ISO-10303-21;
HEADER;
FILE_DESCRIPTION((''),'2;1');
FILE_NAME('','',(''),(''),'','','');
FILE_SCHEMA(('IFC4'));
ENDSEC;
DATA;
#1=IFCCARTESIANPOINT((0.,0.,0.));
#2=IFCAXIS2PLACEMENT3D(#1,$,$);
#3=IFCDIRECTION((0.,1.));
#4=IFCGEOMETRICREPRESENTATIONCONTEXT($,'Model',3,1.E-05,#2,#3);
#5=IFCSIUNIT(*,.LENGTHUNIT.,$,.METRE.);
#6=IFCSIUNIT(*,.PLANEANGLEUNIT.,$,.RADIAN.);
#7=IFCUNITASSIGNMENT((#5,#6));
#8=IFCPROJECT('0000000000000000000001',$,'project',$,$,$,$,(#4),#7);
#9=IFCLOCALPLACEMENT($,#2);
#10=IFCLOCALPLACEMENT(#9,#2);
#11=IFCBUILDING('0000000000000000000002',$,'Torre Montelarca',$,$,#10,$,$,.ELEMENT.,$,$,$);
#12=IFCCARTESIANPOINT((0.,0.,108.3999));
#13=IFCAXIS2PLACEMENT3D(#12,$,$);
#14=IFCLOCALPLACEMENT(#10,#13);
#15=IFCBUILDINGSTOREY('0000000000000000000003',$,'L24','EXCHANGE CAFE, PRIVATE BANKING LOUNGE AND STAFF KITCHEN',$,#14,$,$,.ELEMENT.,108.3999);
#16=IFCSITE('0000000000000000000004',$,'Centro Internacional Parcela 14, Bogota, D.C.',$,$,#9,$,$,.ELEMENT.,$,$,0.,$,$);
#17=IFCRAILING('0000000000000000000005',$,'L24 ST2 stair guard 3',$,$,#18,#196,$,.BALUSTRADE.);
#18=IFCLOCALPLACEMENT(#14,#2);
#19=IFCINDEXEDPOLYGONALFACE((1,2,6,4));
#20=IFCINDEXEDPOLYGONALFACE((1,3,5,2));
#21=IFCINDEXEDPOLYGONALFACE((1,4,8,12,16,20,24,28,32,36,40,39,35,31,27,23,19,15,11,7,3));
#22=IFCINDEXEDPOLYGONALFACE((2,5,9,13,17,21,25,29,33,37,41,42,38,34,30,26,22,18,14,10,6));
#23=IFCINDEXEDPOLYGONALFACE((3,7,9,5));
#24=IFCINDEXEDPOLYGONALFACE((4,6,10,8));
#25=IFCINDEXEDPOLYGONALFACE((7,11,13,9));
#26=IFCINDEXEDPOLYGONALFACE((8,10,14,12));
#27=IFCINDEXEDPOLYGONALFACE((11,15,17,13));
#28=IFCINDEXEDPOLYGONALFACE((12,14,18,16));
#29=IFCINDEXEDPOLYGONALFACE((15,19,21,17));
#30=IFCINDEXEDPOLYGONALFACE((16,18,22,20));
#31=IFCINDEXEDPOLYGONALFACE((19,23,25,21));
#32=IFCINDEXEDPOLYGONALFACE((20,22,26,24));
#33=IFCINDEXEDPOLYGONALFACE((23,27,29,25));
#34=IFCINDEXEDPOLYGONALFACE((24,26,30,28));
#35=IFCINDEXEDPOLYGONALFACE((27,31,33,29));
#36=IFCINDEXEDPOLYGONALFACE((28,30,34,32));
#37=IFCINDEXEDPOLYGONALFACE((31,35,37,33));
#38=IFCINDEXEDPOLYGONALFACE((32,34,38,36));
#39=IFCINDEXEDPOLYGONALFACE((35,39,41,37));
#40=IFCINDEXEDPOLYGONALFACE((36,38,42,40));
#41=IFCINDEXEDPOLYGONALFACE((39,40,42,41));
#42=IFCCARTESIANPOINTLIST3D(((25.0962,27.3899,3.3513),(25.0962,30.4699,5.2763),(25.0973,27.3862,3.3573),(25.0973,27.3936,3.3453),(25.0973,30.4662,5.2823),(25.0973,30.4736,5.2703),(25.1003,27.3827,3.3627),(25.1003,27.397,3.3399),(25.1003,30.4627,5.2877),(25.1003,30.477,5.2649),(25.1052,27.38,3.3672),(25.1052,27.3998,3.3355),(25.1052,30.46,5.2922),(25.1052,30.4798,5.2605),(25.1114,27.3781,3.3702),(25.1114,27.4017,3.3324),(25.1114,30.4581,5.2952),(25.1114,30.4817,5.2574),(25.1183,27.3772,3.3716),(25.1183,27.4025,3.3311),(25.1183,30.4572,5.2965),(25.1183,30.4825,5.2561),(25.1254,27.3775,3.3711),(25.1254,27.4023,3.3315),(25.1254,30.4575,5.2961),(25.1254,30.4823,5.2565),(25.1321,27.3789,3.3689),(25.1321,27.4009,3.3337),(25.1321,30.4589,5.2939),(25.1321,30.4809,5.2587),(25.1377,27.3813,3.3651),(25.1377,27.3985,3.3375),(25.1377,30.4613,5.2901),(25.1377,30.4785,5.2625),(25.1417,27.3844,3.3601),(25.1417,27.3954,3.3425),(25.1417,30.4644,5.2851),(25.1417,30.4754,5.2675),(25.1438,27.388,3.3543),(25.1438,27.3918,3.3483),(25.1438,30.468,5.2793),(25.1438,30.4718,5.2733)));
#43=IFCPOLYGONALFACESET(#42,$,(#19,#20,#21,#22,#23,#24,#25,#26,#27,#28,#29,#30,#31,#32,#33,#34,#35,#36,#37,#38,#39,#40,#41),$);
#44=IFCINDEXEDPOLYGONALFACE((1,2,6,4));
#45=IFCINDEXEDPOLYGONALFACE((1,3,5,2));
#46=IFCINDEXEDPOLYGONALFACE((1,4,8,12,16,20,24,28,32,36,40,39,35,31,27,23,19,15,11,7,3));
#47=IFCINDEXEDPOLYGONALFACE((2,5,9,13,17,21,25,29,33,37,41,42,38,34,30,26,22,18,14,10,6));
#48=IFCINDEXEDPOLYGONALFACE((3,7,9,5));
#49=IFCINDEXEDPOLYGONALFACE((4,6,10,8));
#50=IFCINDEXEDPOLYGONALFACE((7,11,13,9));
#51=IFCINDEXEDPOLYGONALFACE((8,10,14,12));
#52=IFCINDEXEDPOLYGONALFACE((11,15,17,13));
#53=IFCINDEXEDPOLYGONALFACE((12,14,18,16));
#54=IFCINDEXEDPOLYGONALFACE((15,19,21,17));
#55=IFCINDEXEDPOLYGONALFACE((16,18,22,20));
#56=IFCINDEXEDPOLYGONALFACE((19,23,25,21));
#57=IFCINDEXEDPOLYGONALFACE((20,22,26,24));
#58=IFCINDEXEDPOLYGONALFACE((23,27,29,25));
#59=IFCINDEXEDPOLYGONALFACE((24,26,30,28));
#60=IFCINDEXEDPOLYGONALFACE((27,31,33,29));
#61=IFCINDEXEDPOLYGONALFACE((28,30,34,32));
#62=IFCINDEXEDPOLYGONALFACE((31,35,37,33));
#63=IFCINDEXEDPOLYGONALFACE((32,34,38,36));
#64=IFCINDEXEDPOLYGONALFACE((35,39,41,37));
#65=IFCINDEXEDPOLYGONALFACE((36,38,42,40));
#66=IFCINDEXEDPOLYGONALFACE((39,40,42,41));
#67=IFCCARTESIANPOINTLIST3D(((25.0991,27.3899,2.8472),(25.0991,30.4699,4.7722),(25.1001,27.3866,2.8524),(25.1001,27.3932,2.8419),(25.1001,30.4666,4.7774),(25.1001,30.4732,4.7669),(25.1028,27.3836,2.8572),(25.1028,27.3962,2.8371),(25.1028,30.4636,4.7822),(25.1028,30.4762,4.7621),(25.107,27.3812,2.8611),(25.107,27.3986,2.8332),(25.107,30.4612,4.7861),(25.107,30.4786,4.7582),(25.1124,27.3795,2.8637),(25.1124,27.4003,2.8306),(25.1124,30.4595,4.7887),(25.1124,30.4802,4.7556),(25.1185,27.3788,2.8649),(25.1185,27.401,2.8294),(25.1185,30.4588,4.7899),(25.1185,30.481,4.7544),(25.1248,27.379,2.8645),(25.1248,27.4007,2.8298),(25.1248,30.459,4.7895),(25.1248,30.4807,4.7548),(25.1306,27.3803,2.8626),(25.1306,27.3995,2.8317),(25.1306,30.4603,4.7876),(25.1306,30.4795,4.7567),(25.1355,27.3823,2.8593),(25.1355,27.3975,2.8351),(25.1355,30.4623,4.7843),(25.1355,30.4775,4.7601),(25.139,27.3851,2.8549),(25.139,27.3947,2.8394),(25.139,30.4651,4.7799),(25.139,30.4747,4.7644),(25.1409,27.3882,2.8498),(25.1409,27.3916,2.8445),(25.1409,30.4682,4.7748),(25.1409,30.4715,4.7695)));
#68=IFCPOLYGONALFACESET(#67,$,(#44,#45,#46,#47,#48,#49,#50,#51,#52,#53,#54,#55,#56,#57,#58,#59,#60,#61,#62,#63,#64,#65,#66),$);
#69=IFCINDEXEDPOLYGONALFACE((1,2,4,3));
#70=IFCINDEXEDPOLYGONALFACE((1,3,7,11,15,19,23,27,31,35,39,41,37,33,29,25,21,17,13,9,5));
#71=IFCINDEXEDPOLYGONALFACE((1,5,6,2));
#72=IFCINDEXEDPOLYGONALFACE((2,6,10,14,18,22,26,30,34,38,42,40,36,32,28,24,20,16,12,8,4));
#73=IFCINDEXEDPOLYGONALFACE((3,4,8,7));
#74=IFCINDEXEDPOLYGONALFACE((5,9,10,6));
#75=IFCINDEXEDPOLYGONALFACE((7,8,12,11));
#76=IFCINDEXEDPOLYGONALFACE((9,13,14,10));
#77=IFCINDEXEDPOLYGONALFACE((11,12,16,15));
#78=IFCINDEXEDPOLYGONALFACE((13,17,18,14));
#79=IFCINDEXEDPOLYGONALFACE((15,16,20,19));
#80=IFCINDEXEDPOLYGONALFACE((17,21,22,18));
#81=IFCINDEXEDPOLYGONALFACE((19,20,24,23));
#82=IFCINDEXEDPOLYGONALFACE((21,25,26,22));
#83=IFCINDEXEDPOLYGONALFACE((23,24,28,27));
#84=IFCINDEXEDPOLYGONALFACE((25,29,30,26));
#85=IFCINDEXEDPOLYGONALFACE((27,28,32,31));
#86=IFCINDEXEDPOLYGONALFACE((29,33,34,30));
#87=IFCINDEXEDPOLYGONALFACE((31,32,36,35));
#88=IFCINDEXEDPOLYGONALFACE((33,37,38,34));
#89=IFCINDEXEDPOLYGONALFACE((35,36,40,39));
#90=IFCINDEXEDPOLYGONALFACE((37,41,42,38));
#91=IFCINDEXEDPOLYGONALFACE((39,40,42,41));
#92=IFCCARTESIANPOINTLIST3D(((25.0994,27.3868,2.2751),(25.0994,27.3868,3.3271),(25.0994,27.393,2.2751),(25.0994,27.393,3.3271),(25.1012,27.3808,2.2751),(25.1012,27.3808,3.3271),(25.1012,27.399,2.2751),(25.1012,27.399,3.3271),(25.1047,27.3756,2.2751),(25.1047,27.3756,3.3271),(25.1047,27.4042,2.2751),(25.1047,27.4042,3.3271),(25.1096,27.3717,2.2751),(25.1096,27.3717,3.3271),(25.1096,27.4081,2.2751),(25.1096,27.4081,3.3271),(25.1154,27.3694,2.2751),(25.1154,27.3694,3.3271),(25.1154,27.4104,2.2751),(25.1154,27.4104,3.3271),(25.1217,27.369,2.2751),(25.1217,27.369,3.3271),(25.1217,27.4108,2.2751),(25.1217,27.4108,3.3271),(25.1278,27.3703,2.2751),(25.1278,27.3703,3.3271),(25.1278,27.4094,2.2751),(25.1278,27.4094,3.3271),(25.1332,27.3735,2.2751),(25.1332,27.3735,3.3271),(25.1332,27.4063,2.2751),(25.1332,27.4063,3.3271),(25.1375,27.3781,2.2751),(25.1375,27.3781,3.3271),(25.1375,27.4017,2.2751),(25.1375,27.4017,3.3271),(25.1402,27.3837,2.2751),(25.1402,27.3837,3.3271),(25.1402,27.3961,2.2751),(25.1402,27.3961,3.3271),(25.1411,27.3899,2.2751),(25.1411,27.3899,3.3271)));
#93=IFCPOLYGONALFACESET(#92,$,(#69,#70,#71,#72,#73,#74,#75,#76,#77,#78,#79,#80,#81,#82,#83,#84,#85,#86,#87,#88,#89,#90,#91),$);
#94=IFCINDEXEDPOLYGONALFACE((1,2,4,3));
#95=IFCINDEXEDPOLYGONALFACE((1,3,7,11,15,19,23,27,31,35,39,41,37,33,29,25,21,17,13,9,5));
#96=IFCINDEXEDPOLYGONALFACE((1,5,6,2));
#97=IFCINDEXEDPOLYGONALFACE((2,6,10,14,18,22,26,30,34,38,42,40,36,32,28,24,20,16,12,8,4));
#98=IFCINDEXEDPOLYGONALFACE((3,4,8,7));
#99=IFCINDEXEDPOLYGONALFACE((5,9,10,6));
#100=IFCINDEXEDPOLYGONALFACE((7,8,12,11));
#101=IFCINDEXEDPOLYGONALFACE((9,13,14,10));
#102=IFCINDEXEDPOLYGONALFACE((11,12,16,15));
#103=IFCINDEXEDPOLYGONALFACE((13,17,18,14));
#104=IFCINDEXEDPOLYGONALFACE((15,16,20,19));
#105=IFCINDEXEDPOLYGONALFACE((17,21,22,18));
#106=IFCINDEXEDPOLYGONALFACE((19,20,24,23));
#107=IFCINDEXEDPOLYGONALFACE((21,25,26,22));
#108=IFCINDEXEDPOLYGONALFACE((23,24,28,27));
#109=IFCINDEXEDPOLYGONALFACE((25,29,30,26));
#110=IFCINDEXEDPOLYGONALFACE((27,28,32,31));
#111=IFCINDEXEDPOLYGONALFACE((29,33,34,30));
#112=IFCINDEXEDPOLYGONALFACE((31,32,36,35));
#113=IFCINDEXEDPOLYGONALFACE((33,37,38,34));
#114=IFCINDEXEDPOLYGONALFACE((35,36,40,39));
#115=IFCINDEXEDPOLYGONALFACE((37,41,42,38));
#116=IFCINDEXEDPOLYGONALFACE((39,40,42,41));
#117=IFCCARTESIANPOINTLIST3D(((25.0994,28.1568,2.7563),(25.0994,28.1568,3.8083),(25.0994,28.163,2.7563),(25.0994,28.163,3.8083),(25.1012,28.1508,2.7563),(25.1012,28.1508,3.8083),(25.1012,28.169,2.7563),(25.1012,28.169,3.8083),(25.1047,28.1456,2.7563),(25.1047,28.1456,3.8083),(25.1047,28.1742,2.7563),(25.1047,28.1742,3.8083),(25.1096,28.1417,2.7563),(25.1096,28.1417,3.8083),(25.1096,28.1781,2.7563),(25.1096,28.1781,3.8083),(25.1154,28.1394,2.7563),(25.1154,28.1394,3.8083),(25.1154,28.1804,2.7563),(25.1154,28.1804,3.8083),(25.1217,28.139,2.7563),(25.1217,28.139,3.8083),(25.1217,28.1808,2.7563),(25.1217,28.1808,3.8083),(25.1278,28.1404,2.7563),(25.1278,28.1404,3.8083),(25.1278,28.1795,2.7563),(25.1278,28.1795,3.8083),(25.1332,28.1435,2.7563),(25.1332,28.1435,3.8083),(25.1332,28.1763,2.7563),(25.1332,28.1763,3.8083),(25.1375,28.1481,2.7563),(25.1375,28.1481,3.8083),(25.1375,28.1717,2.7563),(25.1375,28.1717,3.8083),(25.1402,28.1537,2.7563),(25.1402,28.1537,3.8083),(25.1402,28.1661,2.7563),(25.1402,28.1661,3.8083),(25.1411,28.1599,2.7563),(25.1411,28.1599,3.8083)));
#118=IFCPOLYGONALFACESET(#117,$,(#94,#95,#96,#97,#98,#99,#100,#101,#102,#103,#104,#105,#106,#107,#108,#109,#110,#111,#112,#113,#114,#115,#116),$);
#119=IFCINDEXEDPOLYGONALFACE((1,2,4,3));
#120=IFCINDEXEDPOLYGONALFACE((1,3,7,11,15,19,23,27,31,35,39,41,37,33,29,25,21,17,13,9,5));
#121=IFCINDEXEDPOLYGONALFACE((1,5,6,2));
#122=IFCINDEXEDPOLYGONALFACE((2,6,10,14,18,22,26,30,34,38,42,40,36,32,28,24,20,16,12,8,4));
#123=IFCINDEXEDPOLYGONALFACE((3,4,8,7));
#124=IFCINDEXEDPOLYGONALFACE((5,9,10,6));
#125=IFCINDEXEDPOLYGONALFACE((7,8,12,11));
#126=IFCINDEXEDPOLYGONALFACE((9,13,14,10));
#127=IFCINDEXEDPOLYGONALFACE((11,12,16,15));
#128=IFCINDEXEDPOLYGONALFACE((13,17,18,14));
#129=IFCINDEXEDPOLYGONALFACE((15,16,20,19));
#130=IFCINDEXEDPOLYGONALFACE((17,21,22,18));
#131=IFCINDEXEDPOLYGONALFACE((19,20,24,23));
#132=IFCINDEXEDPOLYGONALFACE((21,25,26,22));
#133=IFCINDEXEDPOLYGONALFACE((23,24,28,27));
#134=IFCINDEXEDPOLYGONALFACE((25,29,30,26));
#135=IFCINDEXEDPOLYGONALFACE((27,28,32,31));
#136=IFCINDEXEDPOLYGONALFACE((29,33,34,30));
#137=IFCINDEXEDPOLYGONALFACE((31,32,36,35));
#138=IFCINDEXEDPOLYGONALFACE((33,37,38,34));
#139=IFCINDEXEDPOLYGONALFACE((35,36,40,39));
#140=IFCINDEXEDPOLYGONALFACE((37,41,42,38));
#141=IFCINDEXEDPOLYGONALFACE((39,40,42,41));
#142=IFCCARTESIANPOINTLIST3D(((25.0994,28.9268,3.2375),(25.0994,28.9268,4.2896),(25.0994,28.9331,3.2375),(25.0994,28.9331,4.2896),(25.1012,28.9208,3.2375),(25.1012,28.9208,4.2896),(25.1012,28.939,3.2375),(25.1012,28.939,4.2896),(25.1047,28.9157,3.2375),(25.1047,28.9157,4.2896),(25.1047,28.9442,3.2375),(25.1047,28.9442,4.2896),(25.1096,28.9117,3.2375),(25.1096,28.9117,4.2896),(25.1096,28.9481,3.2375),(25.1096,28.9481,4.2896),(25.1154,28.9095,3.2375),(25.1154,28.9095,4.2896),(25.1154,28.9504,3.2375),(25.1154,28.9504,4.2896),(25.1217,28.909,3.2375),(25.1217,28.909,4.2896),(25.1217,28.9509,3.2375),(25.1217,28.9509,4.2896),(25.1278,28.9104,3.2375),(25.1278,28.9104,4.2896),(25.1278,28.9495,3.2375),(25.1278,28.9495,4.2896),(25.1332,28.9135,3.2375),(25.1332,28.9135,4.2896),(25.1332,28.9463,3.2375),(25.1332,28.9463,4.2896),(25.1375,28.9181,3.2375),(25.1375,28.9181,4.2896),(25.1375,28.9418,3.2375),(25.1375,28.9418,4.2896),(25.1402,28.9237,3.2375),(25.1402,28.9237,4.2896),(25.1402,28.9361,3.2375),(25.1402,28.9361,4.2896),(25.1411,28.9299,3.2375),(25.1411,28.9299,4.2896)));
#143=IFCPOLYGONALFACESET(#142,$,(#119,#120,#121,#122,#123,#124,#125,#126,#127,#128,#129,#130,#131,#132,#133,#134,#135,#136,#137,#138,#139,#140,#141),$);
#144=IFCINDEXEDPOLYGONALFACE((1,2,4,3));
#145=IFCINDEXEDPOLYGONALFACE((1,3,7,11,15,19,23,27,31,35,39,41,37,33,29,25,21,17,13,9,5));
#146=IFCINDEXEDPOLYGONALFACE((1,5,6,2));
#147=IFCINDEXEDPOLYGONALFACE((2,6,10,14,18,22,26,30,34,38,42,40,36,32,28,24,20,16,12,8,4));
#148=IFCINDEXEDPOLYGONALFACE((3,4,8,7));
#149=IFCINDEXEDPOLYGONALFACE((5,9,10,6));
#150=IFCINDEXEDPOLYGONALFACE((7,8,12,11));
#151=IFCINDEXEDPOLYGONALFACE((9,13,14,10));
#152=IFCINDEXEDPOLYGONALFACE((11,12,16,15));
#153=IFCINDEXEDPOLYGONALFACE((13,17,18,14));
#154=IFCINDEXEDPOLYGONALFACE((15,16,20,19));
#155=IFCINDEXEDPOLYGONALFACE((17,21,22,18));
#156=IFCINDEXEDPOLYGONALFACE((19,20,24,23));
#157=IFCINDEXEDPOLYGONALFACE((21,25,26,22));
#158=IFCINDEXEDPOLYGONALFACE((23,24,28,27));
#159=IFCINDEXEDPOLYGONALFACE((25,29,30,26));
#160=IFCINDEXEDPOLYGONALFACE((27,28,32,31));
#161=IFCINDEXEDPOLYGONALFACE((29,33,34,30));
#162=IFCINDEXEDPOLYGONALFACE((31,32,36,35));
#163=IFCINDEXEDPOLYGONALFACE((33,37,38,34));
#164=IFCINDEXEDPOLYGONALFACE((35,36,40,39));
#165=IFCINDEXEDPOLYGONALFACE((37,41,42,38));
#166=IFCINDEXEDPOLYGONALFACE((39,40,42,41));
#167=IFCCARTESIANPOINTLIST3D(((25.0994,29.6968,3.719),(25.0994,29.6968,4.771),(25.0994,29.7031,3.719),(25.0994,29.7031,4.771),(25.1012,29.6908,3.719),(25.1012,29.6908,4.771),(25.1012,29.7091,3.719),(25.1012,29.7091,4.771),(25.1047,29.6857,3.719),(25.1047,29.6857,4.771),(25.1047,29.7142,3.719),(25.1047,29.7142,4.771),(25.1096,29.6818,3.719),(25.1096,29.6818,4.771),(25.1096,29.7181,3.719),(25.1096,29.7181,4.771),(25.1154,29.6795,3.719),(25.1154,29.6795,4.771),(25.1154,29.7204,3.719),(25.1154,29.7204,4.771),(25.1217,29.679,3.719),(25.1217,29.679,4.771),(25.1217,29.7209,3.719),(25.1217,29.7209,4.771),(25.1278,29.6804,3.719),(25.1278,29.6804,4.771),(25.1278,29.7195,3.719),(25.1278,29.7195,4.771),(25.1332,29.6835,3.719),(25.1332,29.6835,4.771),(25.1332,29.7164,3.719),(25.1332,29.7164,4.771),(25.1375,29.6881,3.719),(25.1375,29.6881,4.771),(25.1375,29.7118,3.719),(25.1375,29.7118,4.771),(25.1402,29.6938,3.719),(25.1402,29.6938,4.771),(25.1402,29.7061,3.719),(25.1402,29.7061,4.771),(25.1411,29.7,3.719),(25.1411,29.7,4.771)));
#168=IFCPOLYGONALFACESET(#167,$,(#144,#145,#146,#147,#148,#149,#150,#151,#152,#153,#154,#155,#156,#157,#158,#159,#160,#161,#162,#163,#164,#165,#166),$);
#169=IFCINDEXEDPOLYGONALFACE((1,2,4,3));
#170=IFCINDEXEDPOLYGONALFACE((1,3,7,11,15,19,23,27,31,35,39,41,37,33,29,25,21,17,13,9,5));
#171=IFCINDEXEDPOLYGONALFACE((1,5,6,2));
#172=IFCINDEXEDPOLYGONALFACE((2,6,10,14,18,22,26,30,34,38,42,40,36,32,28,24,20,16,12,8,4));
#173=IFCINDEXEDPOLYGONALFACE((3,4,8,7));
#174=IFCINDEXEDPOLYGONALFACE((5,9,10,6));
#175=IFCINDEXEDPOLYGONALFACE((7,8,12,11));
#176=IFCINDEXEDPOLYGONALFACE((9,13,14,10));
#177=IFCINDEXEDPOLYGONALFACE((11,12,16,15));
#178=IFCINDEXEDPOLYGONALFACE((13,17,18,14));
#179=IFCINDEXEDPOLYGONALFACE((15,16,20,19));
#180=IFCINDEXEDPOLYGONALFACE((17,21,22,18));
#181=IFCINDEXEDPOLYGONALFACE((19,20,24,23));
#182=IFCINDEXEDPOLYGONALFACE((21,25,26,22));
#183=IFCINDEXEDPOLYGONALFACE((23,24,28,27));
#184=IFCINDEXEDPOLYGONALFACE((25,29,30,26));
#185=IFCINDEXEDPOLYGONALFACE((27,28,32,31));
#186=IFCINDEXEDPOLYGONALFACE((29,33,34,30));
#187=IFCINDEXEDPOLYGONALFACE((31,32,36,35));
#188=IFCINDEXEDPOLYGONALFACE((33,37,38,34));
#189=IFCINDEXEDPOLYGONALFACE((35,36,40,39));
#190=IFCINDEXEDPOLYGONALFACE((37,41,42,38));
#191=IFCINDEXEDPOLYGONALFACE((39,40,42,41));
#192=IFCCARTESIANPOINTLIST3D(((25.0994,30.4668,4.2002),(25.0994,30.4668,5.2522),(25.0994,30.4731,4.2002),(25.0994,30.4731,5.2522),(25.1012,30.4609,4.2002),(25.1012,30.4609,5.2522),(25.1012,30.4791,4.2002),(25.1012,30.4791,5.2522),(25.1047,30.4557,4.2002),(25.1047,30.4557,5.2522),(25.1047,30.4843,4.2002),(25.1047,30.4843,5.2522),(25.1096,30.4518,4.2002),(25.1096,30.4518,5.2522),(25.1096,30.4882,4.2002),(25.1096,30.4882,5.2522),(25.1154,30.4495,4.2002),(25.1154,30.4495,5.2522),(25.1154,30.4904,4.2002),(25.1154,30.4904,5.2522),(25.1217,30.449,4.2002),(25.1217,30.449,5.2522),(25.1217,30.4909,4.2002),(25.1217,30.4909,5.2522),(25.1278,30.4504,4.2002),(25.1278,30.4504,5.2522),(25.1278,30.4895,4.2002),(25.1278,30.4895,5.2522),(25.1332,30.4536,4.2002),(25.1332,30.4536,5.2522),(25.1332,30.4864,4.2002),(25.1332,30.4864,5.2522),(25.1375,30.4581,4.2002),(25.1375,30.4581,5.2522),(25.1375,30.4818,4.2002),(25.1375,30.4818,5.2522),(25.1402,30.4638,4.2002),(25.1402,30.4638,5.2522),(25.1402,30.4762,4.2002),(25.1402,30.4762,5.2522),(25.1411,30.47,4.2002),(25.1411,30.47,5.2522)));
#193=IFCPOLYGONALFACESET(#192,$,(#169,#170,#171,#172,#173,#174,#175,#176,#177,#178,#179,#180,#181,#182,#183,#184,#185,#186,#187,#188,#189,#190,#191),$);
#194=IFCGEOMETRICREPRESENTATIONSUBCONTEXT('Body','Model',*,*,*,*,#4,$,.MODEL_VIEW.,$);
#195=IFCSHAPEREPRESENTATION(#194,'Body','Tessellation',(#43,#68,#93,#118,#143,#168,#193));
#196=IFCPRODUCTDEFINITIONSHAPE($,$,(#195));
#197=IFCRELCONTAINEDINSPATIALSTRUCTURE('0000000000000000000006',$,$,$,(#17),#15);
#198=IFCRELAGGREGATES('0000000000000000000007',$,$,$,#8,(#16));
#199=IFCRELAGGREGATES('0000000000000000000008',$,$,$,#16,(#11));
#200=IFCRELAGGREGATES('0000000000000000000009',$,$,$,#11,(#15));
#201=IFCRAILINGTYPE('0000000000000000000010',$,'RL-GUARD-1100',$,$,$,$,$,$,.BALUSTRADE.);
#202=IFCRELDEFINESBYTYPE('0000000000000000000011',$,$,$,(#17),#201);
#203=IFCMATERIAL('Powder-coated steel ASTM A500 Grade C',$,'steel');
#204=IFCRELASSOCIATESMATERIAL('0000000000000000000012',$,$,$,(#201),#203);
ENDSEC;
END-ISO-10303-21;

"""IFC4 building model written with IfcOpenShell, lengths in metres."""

from ifc_helpers import new_model, si_unit, direction, frame, origin, origin_2d, place, context, subcontext, project, spatial, circle, extrude, material, type_object, element, save


model = new_model("IFC4")

# Units and contexts
model_context = context("Model", 3, precision=1e-05, world=origin(), true_north=direction((0.0, 1.0)))
body_context = subcontext(model_context, "Body", "Model", "MODEL_VIEW")
ifc_project = project(units=[si_unit("LENGTHUNIT", "METRE"), si_unit("PLANEANGLEUNIT", "RADIAN")], contexts=[model_context])

# Site, building, storey
site_placement = place(None, origin())
site = spatial("IfcSite", under=ifc_project, at=site_placement, Name="Centro Internacional Parcela 14, Bogota, D.C.", CompositionType="ELEMENT", RefElevation=0.0)
building_placement = place(site_placement, origin())
building = spatial("IfcBuilding", under=site, at=building_placement, Name="Torre Montelarca", CompositionType="ELEMENT")
storey_placement = place(building_placement, frame((0.0, 0.0, 108.3999)))
storey = spatial("IfcBuildingStorey", under=building, at=storey_placement, Name="L24", Description="EXCHANGE CAFE, PRIVATE BANKING LOUNGE AND STAFF KITCHEN", CompositionType="ELEMENT", Elevation=108.3999)

# Railing
ifc_material_1 = material(Name="Powder-coated steel ASTM A500 Grade C", Category="steel")
railing_type_1 = type_object("IfcRailingType", Name="RL-GUARD-1100", PredefinedType="BALUSTRADE", material=ifc_material_1)
railing_1_placement = place(storey_placement, frame((25.1201, 27.3899, 2.2751)))
element("IfcRailing", 1, at=railing_1_placement, inside=storey, type_object=railing_type_1, Name="L24 ST2 stair guard 3", PredefinedType="BALUSTRADE", context=body_context, shape_type="SweptSolid", body=[
    extrude(circle(Radius=0.0239, at=origin_2d()), frame((0.0, 0.0, 1.0762), z_axis=(0.0, 0.847998, 0.529999), x_axis=(-1.0, 0.0, 0.0)), (0.0, 0.0, 1.0), 3.6321),
    extrude(circle(Radius=0.021, at=origin_2d()), frame((0.0, 0.0, 0.572), z_axis=(0.0, 0.847998, 0.529999), x_axis=(-1.0, 0.0, 0.0)), (0.0, 0.0, 1.0), 3.6321),
    extrude(circle(Radius=0.021, at=origin_2d()), origin(), (0.0, 0.0, 1.0), 1.052),
    extrude(circle(Radius=0.021, at=origin_2d()), frame((0.0, 0.77, 0.4812)), (0.0, 0.0, 1.0), 1.052),
    extrude(circle(Radius=0.021, at=origin_2d()), frame((0.0, 1.54, 0.9624)), (0.0, 0.0, 1.0), 1.052),
    extrude(circle(Radius=0.021, at=origin_2d()), frame((0.0, 2.3101, 1.4438)), (0.0, 0.0, 1.0), 1.052),
    extrude(circle(Radius=0.021, at=origin_2d()), frame((0.0, 3.0801, 1.925)), (0.0, 0.0, 1.0), 1.052),
])

save(model, "model.ifc")
